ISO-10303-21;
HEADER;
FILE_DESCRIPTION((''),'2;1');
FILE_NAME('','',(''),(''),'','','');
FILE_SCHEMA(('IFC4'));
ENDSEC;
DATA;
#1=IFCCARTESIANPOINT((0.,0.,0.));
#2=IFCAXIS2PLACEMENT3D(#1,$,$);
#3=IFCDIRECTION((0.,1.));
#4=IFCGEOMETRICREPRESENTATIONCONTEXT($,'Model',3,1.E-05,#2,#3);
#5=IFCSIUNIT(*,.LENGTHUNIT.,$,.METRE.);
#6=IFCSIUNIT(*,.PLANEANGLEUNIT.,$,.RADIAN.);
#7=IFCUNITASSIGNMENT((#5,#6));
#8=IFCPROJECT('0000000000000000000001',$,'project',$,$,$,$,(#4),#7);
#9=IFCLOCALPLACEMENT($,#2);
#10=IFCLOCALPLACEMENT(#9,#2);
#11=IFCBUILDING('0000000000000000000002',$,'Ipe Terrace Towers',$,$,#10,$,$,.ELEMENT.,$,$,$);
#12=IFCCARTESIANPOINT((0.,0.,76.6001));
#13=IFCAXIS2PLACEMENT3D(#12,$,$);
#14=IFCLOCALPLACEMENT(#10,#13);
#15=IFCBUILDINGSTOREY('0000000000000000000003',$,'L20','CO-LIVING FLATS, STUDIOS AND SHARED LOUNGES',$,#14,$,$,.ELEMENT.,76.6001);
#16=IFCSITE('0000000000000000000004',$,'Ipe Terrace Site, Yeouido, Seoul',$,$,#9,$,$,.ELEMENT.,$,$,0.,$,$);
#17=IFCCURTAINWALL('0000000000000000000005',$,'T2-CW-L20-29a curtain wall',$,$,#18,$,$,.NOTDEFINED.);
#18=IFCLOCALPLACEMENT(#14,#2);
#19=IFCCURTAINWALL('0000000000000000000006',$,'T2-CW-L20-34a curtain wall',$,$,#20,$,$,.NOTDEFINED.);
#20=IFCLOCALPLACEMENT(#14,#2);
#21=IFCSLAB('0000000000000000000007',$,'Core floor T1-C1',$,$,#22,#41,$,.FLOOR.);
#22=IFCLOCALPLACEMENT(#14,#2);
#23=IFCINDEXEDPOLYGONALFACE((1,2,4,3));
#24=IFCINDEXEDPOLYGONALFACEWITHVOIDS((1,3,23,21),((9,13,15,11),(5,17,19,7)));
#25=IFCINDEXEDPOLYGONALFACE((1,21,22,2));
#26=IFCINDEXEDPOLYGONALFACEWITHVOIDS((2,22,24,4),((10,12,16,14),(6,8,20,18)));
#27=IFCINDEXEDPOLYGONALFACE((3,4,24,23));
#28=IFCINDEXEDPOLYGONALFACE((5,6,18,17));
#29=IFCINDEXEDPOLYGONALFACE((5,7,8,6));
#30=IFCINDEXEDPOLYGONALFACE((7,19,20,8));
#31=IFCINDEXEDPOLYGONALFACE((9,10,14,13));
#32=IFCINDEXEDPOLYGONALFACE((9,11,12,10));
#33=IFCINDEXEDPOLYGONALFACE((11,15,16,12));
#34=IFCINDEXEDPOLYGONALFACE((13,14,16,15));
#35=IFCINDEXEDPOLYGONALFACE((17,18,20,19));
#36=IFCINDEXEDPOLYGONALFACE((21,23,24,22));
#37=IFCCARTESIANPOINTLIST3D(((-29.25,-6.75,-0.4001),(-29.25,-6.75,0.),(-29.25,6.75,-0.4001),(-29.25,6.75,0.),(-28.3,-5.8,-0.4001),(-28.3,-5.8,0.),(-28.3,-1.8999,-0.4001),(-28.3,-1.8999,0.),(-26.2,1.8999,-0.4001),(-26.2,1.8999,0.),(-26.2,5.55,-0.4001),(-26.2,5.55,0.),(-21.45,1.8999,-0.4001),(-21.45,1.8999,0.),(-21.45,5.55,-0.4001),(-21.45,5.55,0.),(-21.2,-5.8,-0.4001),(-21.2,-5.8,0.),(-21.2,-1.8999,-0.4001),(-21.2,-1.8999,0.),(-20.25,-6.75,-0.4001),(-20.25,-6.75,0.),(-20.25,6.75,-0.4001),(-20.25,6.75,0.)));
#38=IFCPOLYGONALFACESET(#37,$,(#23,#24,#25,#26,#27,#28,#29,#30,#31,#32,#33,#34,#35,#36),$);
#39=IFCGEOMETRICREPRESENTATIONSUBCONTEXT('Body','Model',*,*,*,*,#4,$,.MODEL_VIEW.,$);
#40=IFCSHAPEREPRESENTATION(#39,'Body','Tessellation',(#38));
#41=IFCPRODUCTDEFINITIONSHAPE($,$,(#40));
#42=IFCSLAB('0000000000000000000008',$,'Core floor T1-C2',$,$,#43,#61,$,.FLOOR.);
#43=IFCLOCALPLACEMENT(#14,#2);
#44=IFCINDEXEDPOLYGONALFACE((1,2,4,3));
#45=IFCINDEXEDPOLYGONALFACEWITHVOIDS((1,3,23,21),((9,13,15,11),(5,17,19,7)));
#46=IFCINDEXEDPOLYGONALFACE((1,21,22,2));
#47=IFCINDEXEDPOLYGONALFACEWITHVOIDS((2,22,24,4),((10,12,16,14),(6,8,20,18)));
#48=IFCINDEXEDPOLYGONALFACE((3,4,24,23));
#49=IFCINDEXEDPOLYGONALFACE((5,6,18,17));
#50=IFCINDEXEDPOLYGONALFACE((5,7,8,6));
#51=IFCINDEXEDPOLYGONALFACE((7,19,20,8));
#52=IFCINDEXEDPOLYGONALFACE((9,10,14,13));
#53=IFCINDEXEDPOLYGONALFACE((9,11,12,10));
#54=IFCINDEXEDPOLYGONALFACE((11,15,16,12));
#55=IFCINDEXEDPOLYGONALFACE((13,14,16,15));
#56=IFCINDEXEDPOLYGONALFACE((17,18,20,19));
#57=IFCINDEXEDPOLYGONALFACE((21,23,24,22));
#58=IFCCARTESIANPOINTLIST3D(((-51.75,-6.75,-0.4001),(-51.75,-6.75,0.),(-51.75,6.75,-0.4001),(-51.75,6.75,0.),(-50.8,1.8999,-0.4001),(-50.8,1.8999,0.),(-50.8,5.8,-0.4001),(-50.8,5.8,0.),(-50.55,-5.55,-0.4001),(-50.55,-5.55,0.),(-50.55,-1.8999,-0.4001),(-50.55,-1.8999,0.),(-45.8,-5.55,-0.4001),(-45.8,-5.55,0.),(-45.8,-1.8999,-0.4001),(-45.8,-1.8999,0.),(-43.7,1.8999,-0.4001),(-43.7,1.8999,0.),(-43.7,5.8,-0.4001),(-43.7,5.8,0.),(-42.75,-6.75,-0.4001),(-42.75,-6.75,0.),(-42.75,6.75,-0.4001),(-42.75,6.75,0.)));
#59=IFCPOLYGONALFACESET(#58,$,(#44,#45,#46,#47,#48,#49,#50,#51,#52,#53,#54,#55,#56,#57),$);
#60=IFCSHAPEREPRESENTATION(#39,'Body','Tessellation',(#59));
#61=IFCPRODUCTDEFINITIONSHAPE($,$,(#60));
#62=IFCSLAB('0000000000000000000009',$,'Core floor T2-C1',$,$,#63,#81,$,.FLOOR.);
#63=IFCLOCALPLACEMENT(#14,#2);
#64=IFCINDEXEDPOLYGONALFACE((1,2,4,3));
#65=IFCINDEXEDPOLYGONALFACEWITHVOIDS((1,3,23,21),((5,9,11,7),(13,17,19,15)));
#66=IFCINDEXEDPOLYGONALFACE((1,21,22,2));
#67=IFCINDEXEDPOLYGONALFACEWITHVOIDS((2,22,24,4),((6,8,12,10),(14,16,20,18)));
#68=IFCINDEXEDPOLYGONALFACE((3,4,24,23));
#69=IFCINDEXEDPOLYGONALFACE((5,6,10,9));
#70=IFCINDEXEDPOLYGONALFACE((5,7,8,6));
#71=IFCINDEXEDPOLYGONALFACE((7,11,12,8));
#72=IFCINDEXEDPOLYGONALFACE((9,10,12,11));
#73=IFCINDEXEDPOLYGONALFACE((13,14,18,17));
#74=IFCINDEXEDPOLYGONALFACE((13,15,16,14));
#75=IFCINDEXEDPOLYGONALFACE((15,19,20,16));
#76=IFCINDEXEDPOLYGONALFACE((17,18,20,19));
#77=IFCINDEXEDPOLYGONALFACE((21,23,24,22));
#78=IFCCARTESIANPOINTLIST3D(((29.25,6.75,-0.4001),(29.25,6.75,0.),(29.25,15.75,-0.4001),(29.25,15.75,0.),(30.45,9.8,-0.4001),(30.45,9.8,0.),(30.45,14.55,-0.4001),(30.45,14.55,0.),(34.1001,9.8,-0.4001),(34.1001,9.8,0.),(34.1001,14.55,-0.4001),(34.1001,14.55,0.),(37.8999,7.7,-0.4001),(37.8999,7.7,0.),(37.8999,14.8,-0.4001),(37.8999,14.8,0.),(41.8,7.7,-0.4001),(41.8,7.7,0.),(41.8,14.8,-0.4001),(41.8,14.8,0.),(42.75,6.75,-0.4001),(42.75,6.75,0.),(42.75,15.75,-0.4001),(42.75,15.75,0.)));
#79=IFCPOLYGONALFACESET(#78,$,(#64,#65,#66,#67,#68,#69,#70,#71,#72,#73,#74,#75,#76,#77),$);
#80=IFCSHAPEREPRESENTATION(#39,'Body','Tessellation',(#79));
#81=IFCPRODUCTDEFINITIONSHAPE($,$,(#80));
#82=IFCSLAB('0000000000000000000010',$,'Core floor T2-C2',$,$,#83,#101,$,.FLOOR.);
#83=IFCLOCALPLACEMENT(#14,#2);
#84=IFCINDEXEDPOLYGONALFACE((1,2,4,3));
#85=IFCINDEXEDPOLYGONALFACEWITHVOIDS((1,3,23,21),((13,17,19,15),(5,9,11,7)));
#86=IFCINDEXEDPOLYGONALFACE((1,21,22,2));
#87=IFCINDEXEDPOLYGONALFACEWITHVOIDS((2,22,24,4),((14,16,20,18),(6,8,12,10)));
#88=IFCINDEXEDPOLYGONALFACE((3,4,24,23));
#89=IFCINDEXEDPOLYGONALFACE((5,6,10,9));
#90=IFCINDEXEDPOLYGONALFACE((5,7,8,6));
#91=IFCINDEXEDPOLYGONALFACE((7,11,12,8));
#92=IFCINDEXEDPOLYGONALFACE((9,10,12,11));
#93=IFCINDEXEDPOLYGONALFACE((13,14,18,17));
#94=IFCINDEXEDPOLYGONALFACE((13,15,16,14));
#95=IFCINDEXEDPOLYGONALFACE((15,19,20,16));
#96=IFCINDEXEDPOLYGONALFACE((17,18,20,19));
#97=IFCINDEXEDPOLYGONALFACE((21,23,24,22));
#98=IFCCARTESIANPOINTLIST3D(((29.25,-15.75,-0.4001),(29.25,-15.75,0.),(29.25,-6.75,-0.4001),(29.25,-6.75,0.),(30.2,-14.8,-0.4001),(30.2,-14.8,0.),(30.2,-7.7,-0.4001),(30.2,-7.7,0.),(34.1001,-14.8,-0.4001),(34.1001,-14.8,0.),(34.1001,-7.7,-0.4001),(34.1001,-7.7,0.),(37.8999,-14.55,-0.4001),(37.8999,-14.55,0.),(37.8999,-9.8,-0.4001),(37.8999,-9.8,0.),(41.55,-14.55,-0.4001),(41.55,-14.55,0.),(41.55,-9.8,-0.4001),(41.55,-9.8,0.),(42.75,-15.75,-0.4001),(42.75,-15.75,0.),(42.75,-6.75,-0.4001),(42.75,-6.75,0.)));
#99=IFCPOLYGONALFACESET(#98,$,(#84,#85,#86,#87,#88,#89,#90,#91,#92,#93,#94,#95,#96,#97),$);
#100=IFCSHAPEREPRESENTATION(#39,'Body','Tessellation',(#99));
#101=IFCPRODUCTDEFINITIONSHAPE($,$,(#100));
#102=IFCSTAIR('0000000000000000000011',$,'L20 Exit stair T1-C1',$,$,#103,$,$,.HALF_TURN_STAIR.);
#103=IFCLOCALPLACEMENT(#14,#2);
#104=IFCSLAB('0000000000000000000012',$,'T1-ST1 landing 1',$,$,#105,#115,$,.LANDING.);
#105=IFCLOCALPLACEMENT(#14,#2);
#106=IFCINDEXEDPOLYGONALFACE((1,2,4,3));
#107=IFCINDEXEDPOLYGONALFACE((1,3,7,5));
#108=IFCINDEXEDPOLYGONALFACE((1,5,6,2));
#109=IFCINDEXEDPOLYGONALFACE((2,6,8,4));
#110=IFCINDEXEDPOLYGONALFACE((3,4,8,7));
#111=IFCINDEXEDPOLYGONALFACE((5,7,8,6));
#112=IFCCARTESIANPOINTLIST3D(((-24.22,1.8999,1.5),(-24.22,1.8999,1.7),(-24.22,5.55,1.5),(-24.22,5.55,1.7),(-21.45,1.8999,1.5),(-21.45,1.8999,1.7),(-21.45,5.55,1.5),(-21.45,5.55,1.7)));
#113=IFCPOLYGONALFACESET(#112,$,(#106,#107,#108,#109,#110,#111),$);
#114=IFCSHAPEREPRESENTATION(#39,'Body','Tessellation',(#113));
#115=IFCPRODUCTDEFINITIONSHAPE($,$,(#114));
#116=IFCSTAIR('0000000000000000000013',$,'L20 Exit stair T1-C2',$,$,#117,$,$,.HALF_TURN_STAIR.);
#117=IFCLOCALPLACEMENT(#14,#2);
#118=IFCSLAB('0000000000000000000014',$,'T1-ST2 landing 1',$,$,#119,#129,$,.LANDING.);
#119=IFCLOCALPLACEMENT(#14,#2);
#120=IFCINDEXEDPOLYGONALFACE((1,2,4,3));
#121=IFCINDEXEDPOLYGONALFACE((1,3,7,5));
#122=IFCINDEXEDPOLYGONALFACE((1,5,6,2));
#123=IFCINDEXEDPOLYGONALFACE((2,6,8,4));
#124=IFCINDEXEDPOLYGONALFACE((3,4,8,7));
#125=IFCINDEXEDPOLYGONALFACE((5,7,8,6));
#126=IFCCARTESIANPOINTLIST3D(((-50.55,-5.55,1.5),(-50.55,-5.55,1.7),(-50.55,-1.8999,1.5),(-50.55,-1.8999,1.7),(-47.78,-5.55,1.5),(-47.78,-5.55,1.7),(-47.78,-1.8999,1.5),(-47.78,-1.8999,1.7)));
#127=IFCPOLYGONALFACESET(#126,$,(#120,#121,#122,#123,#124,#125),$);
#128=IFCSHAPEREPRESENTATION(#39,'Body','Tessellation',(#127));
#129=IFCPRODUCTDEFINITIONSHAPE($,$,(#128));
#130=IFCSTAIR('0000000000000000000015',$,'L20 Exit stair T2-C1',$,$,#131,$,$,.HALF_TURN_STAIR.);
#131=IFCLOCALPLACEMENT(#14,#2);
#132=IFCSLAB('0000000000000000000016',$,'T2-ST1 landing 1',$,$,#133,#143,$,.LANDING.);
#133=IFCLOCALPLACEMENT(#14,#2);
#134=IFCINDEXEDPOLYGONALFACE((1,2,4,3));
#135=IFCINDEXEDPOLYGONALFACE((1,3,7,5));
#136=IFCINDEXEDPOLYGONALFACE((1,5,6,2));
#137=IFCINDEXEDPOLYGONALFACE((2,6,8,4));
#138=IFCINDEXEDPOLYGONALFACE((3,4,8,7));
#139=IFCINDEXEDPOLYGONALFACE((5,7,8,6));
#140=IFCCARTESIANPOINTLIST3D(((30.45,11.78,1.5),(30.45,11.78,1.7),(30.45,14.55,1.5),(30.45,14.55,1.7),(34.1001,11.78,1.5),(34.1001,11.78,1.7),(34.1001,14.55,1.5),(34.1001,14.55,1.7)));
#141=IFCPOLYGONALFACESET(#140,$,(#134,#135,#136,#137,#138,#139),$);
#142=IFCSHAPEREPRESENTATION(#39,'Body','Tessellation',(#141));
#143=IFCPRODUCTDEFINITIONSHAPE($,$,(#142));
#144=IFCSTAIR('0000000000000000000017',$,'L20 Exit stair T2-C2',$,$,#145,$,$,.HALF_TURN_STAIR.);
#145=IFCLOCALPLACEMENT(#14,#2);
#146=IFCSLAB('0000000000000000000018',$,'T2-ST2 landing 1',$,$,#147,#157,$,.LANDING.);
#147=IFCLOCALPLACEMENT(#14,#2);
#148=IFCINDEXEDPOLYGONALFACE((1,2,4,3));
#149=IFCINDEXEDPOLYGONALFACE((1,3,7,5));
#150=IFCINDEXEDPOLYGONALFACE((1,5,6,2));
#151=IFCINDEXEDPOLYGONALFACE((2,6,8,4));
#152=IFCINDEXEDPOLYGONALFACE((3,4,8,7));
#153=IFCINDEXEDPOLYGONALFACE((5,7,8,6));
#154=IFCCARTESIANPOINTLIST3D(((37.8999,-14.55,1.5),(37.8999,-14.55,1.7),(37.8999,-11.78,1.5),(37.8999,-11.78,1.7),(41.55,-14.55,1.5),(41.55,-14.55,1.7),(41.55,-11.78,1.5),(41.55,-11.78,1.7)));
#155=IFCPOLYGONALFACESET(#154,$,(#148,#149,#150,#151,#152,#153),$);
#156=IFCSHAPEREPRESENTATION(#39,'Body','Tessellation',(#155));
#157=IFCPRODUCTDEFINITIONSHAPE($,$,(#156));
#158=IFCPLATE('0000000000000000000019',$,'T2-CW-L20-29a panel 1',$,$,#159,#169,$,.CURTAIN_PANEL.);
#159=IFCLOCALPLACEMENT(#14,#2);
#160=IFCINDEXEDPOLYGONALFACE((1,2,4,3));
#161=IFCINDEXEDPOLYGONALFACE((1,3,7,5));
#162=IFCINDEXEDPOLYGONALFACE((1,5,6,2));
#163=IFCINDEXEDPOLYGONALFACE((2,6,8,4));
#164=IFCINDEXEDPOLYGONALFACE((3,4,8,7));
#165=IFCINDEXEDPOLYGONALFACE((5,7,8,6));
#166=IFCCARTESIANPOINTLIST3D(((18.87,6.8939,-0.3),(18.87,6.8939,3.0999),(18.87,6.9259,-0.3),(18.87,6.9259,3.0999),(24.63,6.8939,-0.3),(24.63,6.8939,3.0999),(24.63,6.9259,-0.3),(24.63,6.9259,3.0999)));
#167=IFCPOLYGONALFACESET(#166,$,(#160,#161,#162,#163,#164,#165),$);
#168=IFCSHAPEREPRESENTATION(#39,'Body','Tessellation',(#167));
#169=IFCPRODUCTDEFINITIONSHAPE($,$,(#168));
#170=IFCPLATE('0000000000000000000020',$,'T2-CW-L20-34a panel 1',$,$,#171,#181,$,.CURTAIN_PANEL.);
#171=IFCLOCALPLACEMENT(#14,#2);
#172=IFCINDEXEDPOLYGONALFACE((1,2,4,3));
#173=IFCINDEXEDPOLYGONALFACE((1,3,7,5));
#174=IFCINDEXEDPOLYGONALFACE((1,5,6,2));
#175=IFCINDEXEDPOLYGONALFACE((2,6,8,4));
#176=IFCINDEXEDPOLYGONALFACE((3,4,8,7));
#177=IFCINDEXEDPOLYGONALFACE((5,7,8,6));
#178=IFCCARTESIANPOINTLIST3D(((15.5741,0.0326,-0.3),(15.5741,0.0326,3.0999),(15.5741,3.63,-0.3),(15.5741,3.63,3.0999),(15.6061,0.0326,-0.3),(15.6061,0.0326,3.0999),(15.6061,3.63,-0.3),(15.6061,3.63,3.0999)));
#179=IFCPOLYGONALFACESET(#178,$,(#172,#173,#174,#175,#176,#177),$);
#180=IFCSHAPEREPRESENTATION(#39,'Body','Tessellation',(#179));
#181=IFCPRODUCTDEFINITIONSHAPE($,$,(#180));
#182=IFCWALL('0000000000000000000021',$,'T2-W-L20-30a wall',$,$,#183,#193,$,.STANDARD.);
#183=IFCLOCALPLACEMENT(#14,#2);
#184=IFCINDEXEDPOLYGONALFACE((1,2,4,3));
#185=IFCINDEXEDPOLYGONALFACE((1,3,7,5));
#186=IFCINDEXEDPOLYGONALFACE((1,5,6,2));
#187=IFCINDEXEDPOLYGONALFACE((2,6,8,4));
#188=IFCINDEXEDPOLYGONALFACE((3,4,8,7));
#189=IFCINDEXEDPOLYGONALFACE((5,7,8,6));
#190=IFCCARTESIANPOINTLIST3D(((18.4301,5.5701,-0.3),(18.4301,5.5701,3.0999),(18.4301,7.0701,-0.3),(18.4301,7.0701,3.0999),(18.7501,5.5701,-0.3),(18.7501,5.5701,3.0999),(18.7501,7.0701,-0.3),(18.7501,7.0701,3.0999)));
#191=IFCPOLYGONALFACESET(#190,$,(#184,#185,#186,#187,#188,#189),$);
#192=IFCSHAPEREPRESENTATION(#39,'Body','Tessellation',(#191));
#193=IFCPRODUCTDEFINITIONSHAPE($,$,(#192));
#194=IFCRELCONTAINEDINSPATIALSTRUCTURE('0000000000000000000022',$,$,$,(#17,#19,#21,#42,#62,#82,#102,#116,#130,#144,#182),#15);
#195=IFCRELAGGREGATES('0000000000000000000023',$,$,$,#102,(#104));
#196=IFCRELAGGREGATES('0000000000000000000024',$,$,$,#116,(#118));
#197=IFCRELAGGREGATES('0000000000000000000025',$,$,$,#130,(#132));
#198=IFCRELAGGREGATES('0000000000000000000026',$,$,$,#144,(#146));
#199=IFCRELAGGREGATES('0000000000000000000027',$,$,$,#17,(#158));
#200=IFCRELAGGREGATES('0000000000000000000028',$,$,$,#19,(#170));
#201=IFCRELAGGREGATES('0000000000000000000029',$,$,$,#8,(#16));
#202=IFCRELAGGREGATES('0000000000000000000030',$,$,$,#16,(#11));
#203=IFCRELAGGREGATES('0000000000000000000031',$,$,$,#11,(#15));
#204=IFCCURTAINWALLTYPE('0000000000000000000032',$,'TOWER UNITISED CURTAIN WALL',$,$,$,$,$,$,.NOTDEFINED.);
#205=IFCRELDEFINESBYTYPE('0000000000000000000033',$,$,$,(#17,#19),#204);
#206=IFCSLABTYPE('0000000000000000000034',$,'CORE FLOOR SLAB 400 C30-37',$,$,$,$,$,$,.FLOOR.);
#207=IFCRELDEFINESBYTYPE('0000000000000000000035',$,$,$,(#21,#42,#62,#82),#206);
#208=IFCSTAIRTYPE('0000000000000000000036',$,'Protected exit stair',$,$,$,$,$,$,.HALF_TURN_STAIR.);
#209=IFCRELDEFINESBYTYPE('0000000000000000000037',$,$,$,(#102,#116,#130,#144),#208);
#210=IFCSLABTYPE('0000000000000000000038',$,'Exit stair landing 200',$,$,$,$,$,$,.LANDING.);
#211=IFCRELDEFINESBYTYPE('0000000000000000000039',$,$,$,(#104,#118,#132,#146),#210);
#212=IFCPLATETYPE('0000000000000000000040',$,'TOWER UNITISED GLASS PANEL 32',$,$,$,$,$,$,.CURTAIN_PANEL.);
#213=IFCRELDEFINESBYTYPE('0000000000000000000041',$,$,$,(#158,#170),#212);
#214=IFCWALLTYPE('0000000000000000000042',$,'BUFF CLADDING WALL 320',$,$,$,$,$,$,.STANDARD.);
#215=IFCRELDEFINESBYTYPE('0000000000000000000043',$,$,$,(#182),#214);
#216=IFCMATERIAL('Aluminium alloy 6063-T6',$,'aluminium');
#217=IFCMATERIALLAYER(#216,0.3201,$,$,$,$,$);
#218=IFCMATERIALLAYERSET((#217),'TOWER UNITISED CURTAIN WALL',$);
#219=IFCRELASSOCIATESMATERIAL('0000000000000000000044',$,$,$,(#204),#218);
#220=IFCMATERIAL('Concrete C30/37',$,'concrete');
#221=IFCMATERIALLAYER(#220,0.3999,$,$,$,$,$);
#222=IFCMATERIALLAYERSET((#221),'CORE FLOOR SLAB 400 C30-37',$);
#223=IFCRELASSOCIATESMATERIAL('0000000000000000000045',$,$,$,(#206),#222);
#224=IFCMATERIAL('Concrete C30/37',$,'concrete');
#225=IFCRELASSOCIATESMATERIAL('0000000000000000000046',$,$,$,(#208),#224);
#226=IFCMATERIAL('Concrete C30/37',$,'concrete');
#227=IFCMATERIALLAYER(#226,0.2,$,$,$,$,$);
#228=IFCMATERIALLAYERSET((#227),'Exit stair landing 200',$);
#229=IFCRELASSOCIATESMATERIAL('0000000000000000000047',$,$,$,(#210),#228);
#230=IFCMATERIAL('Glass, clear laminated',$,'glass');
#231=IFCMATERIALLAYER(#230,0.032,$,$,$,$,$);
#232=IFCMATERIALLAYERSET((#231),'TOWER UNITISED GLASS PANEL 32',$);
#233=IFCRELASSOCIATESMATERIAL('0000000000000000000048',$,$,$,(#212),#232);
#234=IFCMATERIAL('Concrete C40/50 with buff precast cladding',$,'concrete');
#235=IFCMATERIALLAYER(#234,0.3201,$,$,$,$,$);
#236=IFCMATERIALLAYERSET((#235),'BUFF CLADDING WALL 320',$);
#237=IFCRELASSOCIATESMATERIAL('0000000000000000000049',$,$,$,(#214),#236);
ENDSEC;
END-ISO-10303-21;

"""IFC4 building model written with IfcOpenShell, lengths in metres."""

from ifc_helpers import new_model, si_unit, direction, frame, frame_2d, origin, origin_2d, place, context, subcontext, project, spatial, polyline, rectangle, outline, extrude, material, layer, layer_set, type_object, element, aggregate, save


model = new_model("IFC4")

# Units and contexts
model_context = context("Model", 3, precision=1e-05, world=origin(), true_north=direction((0.0, 1.0)))
body_context = subcontext(model_context, "Body", "Model", "MODEL_VIEW")
ifc_project = project(units=[si_unit("LENGTHUNIT", "METRE"), si_unit("PLANEANGLEUNIT", "RADIAN")], contexts=[model_context])

# Site, building, storey
site_placement = place(None, origin())
site = spatial("IfcSite", under=ifc_project, at=site_placement, Name="Ipe Terrace Site, Yeouido, Seoul", CompositionType="ELEMENT", RefElevation=0.0)
building_placement = place(site_placement, origin())
building = spatial("IfcBuilding", under=site, at=building_placement, Name="Ipe Terrace Towers", CompositionType="ELEMENT")
storey_placement = place(building_placement, frame((0.0, 0.0, 76.6001)))
storey = spatial("IfcBuildingStorey", under=building, at=storey_placement, Name="L20", Description="CO-LIVING FLATS, STUDIOS AND SHARED LOUNGES", CompositionType="ELEMENT", Elevation=76.6001)

# Curtain walls
ifc_material_1 = material(Name="Aluminium alloy 6063-T6", Category="aluminium")
ifc_layer_1 = layer(ifc_material_1, 0.3201)
ifc_layer_set_1 = layer_set([ifc_layer_1], Name="TOWER UNITISED CURTAIN WALL")
curtain_wall_type = type_object("IfcCurtainWallType", Name="TOWER UNITISED CURTAIN WALL", PredefinedType="NOTDEFINED", material=ifc_layer_set_1)
curtain_wall_1_placement = place(storey_placement, origin())
curtain_wall_1 = element("IfcCurtainWall", 1, at=curtain_wall_1_placement, inside=storey, type_object=curtain_wall_type, Name="T2-CW-L20-29a curtain wall", PredefinedType="NOTDEFINED")
curtain_wall_2_placement = place(storey_placement, origin())
curtain_wall_2 = element("IfcCurtainWall", 2, at=curtain_wall_2_placement, inside=storey, type_object=curtain_wall_type, Name="T2-CW-L20-34a curtain wall", PredefinedType="NOTDEFINED")

# Slabs
ifc_material_2 = material(Name="Concrete C30/37", Category="concrete")
ifc_layer_2 = layer(ifc_material_2, 0.3999)
ifc_layer_set_2 = layer_set([ifc_layer_2], Name="CORE FLOOR SLAB 400 C30-37")
slab_type_1 = type_object("IfcSlabType", Name="CORE FLOOR SLAB 400 C30-37", PredefinedType="FLOOR", material=ifc_layer_set_2)
slab_1_placement = place(storey_placement, frame((0.0, 0.0, -0.4001)))
element("IfcSlab", 3, at=slab_1_placement, inside=storey, type_object=slab_type_1, Name="Core floor T1-C1", PredefinedType="FLOOR", context=body_context, shape_type="SweptSolid", body=[
    extrude(outline(polyline([(-29.25, -6.75), (-29.25, 6.75), (-20.25, 6.75), (-20.25, -6.75), (-29.25, -6.75)]), holes=[polyline([(-28.3, -5.8), (-21.2, -5.8), (-21.2, -1.8999), (-28.3, -1.8999), (-28.3, -5.8)]), polyline([(-26.2, 5.55), (-26.2, 1.8999), (-21.45, 1.8999), (-21.45, 5.55), (-26.2, 5.55)])]), origin(), (0.0, 0.0, 1.0), 0.4001),
])
slab_2_placement = place(storey_placement, frame((0.0, 0.0, -0.4001)))
element("IfcSlab", 4, at=slab_2_placement, inside=storey, type_object=slab_type_1, Name="Core floor T1-C2", PredefinedType="FLOOR", context=body_context, shape_type="SweptSolid", body=[
    extrude(outline(polyline([(-51.75, -6.75), (-51.75, 6.75), (-42.75, 6.75), (-42.75, -6.75), (-51.75, -6.75)]), holes=[polyline([(-45.8, -5.55), (-45.8, -1.8999), (-50.55, -1.8999), (-50.55, -5.55), (-45.8, -5.55)]), polyline([(-50.8, 1.8999), (-43.7, 1.8999), (-43.7, 5.8), (-50.8, 5.8), (-50.8, 1.8999)])]), origin(), (0.0, 0.0, 1.0), 0.4001),
])
slab_3_placement = place(storey_placement, frame((0.0, 0.0, -0.4001)))
element("IfcSlab", 5, at=slab_3_placement, inside=storey, type_object=slab_type_1, Name="Core floor T2-C1", PredefinedType="FLOOR", context=body_context, shape_type="SweptSolid", body=[
    extrude(outline(polyline([(29.25, 6.75), (29.25, 15.75), (42.75, 15.75), (42.75, 6.75), (29.25, 6.75)]), holes=[polyline([(41.8, 7.7), (41.8, 14.8), (37.8999, 14.8), (37.8999, 7.7), (41.8, 7.7)]), polyline([(30.45, 9.8), (34.1001, 9.8), (34.1001, 14.55), (30.45, 14.55), (30.45, 9.8)])]), origin(), (0.0, 0.0, 1.0), 0.4001),
])
slab_4_placement = place(storey_placement, frame((0.0, 0.0, -0.4001)))
element("IfcSlab", 6, at=slab_4_placement, inside=storey, type_object=slab_type_1, Name="Core floor T2-C2", PredefinedType="FLOOR", context=body_context, shape_type="SweptSolid", body=[
    extrude(outline(polyline([(29.25, -15.75), (29.25, -6.75), (42.75, -6.75), (42.75, -15.75), (29.25, -15.75)]), holes=[polyline([(34.1001, -14.8), (34.1001, -7.7), (30.2, -7.7), (30.2, -14.8), (34.1001, -14.8)]), polyline([(41.55, -9.8), (37.8999, -9.8), (37.8999, -14.55), (41.55, -14.55), (41.55, -9.8)])]), origin(), (0.0, 0.0, 1.0), 0.4001),
])

# Stairs, slabs
ifc_material_3 = material(Name="Concrete C30/37", Category="concrete")
stair_type = type_object("IfcStairType", Name="Protected exit stair", PredefinedType="HALF_TURN_STAIR", material=ifc_material_3)
stair_1_placement = place(storey_placement, origin())
stair_1 = element("IfcStair", 7, at=stair_1_placement, inside=storey, type_object=stair_type, Name="L20 Exit stair T1-C1", PredefinedType="HALF_TURN_STAIR")
ifc_material_4 = material(Name="Concrete C30/37", Category="concrete")
ifc_layer_3 = layer(ifc_material_4, 0.2)
ifc_layer_set_3 = layer_set([ifc_layer_3], Name="Exit stair landing 200")
slab_type_2 = type_object("IfcSlabType", Name="Exit stair landing 200", PredefinedType="LANDING", material=ifc_layer_set_3)
slab_5_placement = place(storey_placement, frame((0.0, 0.0, 1.5)))
slab_5 = element("IfcSlab", 8, at=slab_5_placement, type_object=slab_type_2, Name="T1-ST1 landing 1", PredefinedType="LANDING", context=body_context, shape_type="SweptSolid", body=[
    extrude(outline(polyline([(-24.22, 1.8999), (-21.45, 1.8999), (-21.45, 5.55), (-24.22, 5.55), (-24.22, 1.8999)])), origin(), (0.0, 0.0, 1.0), 0.2),
])
aggregate(stair_1, [slab_5])
stair_2_placement = place(storey_placement, origin())
stair_2 = element("IfcStair", 9, at=stair_2_placement, inside=storey, type_object=stair_type, Name="L20 Exit stair T1-C2", PredefinedType="HALF_TURN_STAIR")
slab_6_placement = place(storey_placement, frame((0.0, 0.0, 1.5)))
slab_6 = element("IfcSlab", 10, at=slab_6_placement, type_object=slab_type_2, Name="T1-ST2 landing 1", PredefinedType="LANDING", context=body_context, shape_type="SweptSolid", body=[
    extrude(outline(polyline([(-47.78, -1.8999), (-50.55, -1.8999), (-50.55, -5.55), (-47.78, -5.55), (-47.78, -1.8999)])), origin(), (0.0, 0.0, 1.0), 0.2),
])
aggregate(stair_2, [slab_6])
stair_3_placement = place(storey_placement, origin())
stair_3 = element("IfcStair", 11, at=stair_3_placement, inside=storey, type_object=stair_type, Name="L20 Exit stair T2-C1", PredefinedType="HALF_TURN_STAIR")
slab_7_placement = place(storey_placement, frame((0.0, 0.0, 1.5)))
slab_7 = element("IfcSlab", 12, at=slab_7_placement, type_object=slab_type_2, Name="T2-ST1 landing 1", PredefinedType="LANDING", context=body_context, shape_type="SweptSolid", body=[
    extrude(outline(polyline([(34.1001, 11.78), (34.1001, 14.55), (30.45, 14.55), (30.45, 11.78), (34.1001, 11.78)])), origin(), (0.0, 0.0, 1.0), 0.2),
])
aggregate(stair_3, [slab_7])
stair_4_placement = place(storey_placement, origin())
stair_4 = element("IfcStair", 13, at=stair_4_placement, inside=storey, type_object=stair_type, Name="L20 Exit stair T2-C2", PredefinedType="HALF_TURN_STAIR")
slab_8_placement = place(storey_placement, frame((0.0, 0.0, 1.5)))
slab_8 = element("IfcSlab", 14, at=slab_8_placement, type_object=slab_type_2, Name="T2-ST2 landing 1", PredefinedType="LANDING", context=body_context, shape_type="SweptSolid", body=[
    extrude(outline(polyline([(37.8999, -11.78), (37.8999, -14.55), (41.55, -14.55), (41.55, -11.78), (37.8999, -11.78)])), origin(), (0.0, 0.0, 1.0), 0.2),
])
aggregate(stair_4, [slab_8])

# Plates
ifc_material_5 = material(Name="Glass, clear laminated", Category="glass")
ifc_layer_4 = layer(ifc_material_5, 0.032)
ifc_layer_set_4 = layer_set([ifc_layer_4], Name="TOWER UNITISED GLASS PANEL 32")
plate_type = type_object("IfcPlateType", Name="TOWER UNITISED GLASS PANEL 32", PredefinedType="CURTAIN_PANEL", material=ifc_layer_set_4)
plate_1_placement = place(storey_placement, frame((21.75, 6.9099, -0.3), z_axis=(0.0, 0.0, 1.0), x_axis=(-1.0, 0.0, 0.0)))
plate_1 = element("IfcPlate", 15, at=plate_1_placement, type_object=plate_type, Name="T2-CW-L20-29a panel 1", PredefinedType="CURTAIN_PANEL", context=body_context, shape_type="SweptSolid", body=[
    extrude(rectangle(XDim=5.76, YDim=0.032, at=origin_2d()), origin(), (0.0, 0.0, 1.0), 3.3999),
])
aggregate(curtain_wall_1, [plate_1])
plate_2_placement = place(storey_placement, frame((15.5901, 1.8313, -0.3), z_axis=(0.0, 0.0, 1.0), x_axis=(0.0, -1.0, 0.0)))
plate_2 = element("IfcPlate", 16, at=plate_2_placement, type_object=plate_type, Name="T2-CW-L20-34a panel 1", PredefinedType="CURTAIN_PANEL", context=body_context, shape_type="SweptSolid", body=[
    extrude(rectangle(XDim=3.5974, YDim=0.032, at=origin_2d()), origin(), (0.0, 0.0, 1.0), 3.3999),
])
aggregate(curtain_wall_2, [plate_2])

# Wall
ifc_material_6 = material(Name="Concrete C40/50 with buff precast cladding", Category="concrete")
ifc_layer_5 = layer(ifc_material_6, 0.3201)
ifc_layer_set_5 = layer_set([ifc_layer_5], Name="BUFF CLADDING WALL 320")
wall_type_1 = type_object("IfcWallType", Name="BUFF CLADDING WALL 320", PredefinedType="STANDARD", material=ifc_layer_set_5)
wall_1_placement = place(storey_placement, frame((18.5901, 7.0701, -0.3), z_axis=(0.0, 0.0, 1.0), x_axis=(0.0, -1.0, 0.0)))
element("IfcWall", 17, at=wall_1_placement, inside=storey, type_object=wall_type_1, Name="T2-W-L20-30a wall", PredefinedType="STANDARD", context=body_context, shape_type="SweptSolid", body=[
    extrude(rectangle(XDim=1.5, YDim=0.3201, at=frame_2d((0.75, 0.0))), origin(), (0.0, 0.0, 1.0), 3.3999),
])

save(model, "model.ifc")
